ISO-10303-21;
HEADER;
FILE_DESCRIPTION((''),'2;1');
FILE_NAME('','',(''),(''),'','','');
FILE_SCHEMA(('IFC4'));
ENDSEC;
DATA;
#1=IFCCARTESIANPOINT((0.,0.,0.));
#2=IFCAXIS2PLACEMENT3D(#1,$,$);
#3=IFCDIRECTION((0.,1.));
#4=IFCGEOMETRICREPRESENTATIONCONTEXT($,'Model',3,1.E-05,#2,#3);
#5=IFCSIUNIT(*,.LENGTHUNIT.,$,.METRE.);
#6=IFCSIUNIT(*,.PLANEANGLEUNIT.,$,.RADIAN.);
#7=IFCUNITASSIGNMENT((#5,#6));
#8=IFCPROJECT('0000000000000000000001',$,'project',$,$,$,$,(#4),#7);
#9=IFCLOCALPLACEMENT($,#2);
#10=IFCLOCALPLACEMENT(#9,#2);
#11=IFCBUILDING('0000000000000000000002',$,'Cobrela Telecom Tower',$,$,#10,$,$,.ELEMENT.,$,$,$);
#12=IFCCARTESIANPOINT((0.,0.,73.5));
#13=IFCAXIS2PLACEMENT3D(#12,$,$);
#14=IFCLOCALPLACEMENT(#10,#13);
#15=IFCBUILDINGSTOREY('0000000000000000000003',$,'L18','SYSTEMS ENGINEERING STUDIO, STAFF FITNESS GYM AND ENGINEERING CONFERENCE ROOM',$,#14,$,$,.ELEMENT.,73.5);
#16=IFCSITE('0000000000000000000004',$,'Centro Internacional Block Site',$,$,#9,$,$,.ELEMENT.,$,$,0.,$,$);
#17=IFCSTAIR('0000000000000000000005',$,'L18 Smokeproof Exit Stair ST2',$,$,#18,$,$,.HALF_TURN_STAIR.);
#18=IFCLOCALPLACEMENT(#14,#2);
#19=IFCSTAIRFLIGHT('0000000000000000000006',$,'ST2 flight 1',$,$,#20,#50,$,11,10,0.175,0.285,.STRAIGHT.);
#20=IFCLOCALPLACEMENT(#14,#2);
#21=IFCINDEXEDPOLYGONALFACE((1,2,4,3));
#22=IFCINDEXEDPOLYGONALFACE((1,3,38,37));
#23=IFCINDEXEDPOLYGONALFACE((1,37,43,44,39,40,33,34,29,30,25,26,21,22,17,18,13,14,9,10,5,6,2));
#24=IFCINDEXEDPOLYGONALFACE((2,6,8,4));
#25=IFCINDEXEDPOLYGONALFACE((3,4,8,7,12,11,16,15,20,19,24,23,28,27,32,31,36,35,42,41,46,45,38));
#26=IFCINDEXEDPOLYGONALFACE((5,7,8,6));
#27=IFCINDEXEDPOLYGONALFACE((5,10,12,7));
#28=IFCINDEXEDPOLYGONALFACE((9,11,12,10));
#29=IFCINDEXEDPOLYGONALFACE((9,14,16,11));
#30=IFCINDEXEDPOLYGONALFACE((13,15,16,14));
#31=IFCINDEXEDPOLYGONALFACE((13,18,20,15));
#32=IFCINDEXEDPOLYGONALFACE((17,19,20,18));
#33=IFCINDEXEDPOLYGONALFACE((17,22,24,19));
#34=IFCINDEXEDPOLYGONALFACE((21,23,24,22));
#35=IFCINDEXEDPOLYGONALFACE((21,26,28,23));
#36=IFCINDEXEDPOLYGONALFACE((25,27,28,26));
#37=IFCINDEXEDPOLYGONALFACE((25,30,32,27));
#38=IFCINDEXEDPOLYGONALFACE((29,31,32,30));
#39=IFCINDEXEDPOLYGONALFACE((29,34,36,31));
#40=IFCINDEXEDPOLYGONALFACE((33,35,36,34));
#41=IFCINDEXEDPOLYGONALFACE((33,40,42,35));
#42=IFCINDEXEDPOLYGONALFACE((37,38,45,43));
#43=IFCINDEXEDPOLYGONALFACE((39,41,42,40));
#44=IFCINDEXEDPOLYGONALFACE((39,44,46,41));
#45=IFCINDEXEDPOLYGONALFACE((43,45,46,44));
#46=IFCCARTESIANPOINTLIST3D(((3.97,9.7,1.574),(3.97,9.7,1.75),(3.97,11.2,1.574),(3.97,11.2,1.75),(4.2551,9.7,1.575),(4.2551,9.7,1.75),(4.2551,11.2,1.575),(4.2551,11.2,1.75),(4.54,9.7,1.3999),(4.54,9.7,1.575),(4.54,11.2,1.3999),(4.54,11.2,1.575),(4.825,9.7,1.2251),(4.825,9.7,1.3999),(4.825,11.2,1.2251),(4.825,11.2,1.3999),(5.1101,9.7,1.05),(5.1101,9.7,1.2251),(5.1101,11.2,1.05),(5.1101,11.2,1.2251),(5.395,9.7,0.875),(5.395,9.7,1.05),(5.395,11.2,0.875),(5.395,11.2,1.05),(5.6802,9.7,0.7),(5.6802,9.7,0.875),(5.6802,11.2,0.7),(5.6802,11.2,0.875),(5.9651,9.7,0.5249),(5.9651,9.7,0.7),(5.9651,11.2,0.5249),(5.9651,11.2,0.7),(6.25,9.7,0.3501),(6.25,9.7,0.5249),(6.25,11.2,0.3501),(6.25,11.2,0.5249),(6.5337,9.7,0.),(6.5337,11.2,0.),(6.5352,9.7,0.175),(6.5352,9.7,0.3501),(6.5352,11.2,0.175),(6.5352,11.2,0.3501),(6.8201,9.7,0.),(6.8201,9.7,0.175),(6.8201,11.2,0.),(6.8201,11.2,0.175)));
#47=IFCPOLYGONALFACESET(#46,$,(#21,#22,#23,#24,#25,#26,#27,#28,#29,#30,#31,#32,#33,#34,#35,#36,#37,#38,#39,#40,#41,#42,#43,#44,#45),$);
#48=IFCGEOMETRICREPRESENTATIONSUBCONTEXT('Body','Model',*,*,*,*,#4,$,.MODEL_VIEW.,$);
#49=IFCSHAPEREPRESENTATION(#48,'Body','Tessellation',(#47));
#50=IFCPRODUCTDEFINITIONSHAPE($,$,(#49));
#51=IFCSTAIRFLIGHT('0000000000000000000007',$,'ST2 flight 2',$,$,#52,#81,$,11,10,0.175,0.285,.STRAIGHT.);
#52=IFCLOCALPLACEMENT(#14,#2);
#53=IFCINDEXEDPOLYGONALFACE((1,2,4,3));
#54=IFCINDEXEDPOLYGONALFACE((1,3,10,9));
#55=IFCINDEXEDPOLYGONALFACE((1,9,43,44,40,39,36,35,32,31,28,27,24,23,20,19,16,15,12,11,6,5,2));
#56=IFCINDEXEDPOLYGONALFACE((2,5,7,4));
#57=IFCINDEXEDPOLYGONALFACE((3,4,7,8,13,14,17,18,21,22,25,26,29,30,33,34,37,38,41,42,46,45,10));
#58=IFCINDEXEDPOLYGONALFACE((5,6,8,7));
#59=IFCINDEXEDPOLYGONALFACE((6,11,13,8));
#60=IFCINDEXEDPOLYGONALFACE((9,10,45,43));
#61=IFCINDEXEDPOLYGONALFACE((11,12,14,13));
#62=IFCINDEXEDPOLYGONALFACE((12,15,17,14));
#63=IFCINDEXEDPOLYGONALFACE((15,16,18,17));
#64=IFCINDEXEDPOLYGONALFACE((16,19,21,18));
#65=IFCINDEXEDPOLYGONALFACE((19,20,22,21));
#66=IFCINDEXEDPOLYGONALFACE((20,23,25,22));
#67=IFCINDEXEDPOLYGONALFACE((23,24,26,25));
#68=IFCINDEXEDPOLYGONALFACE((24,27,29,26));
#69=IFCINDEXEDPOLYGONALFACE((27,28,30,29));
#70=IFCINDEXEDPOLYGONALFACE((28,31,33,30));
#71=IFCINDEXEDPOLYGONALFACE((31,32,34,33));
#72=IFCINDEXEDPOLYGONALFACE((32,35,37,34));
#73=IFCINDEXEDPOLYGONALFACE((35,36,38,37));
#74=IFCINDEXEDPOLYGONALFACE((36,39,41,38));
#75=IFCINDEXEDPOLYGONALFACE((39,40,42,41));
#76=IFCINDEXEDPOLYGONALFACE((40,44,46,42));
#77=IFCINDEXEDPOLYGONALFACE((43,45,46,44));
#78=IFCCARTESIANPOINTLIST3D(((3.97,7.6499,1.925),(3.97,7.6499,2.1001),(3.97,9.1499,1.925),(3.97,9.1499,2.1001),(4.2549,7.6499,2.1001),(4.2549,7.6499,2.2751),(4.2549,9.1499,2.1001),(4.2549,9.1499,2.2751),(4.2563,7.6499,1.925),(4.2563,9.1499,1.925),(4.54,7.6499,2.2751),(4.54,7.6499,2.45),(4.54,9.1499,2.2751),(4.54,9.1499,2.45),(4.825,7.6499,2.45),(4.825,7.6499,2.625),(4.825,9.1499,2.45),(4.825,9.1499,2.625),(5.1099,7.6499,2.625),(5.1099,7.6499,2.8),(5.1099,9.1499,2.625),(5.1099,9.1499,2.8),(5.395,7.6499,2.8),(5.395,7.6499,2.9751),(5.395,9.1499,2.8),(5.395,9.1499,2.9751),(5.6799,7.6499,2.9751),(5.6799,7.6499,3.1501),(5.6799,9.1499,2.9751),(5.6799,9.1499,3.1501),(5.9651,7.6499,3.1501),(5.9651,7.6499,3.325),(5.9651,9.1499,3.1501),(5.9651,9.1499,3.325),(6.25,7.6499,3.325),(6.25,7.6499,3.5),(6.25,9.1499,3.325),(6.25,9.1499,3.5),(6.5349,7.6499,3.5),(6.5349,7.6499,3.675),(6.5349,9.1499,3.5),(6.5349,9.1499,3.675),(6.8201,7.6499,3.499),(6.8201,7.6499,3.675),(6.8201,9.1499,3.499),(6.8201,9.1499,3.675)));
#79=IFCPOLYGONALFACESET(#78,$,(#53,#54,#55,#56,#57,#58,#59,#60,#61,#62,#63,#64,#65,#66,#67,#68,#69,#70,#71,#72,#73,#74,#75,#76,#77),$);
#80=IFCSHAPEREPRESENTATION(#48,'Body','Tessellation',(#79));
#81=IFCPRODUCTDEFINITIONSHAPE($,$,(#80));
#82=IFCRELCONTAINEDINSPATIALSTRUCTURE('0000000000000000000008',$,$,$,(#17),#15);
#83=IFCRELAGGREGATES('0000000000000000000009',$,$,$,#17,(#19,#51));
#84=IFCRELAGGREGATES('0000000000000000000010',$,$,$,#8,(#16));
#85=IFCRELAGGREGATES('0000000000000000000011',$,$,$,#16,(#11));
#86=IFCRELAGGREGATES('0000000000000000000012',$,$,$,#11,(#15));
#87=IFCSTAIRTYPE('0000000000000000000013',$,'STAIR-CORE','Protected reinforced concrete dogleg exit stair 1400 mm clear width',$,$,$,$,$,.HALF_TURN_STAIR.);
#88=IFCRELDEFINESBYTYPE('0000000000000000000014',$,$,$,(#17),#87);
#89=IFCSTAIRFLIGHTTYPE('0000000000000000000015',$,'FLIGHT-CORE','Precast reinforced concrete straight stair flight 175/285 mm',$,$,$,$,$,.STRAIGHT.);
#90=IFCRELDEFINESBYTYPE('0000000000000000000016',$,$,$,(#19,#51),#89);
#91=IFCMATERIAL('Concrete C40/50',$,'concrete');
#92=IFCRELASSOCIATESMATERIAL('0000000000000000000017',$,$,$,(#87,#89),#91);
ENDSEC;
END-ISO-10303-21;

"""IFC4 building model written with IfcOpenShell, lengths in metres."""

from ifc_helpers import new_model, si_unit, direction, frame, origin, place, context, subcontext, project, spatial, polyline, outline, extrude, material, type_object, element, aggregate, save


model = new_model("IFC4")

# Units and contexts
model_context = context("Model", 3, precision=1e-05, world=origin(), true_north=direction((0.0, 1.0)))
body_context = subcontext(model_context, "Body", "Model", "MODEL_VIEW")
ifc_project = project(units=[si_unit("LENGTHUNIT", "METRE"), si_unit("PLANEANGLEUNIT", "RADIAN")], contexts=[model_context])

# Site, building, storey
site_placement = place(None, origin())
site = spatial("IfcSite", under=ifc_project, at=site_placement, Name="Centro Internacional Block Site", CompositionType="ELEMENT", RefElevation=0.0)
building_placement = place(site_placement, origin())
building = spatial("IfcBuilding", under=site, at=building_placement, Name="Cobrela Telecom Tower", CompositionType="ELEMENT")
storey_placement = place(building_placement, frame((0.0, 0.0, 73.5)))
storey = spatial("IfcBuildingStorey", under=building, at=storey_placement, Name="L18", Description="SYSTEMS ENGINEERING STUDIO, STAFF FITNESS GYM AND ENGINEERING CONFERENCE ROOM", CompositionType="ELEMENT", Elevation=73.5)

# Shared definitions
ifc_material_1 = material(Name="Concrete C40/50", Category="concrete")

# Stair, stair flights
stair_type = type_object("IfcStairType", Name="STAIR-CORE", Description="Protected reinforced concrete dogleg exit stair 1400 mm clear width", PredefinedType="HALF_TURN_STAIR", material=ifc_material_1)
stair_placement = place(storey_placement, origin())
stair = element("IfcStair", 1, at=stair_placement, inside=storey, type_object=stair_type, Name="L18 Smokeproof Exit Stair ST2", PredefinedType="HALF_TURN_STAIR")
stair_flight_type = type_object("IfcStairFlightType", Name="FLIGHT-CORE", Description="Precast reinforced concrete straight stair flight 175/285 mm", PredefinedType="STRAIGHT", material=ifc_material_1)
stair_flight_1_placement = place(storey_placement, frame((6.8201, 10.45, 0.0), z_axis=(0.0, 0.0, 1.0), x_axis=(-1.0, 0.0, 0.0)))
stair_flight_1 = element("IfcStairFlight", 2, at=stair_flight_1_placement, type_object=stair_flight_type, Name="ST2 flight 1", NumberOfRisers=11, NumberOfTreads=10, PredefinedType="STRAIGHT", RiserHeight=0.175, TreadLength=0.285, context=body_context, shape_type="SweptSolid", body=[
    extrude(outline(polyline([(0.0, 0.0), (0.0, 0.175), (0.2849, 0.175), (0.2849, 0.3501), (0.5701, 0.3501), (0.5701, 0.5249), (0.855, 0.5249), (0.855, 0.7), (1.1399, 0.7), (1.1399, 0.875), (1.425, 0.875), (1.425, 1.05), (1.71, 1.05), (1.71, 1.2251), (1.9951, 1.2251), (1.9951, 1.3999), (2.28, 1.3999), (2.28, 1.575), (2.5649, 1.575), (2.5649, 1.75), (2.8501, 1.75), (2.8501, 1.925), (2.8501, 1.574), (0.2864, 0.0), (0.0, 0.0)])), frame((0.0, 0.75, 0.0), z_axis=(0.0, -1.0, 0.0), x_axis=(1.0, 0.0, 0.0)), (0.0, 0.0, 1.0), 1.5),
])
stair_flight_2_placement = place(storey_placement, frame((3.97, 8.3999, 1.925), z_axis=(0.0, 0.0, 1.0), x_axis=(1.0, 0.0, 0.0)))
stair_flight_2 = element("IfcStairFlight", 3, at=stair_flight_2_placement, type_object=stair_flight_type, Name="ST2 flight 2", NumberOfRisers=11, NumberOfTreads=10, PredefinedType="STRAIGHT", RiserHeight=0.175, TreadLength=0.285, context=body_context, shape_type="SweptSolid", body=[
    extrude(outline(polyline([(0.0, 0.0), (0.0, 0.175), (0.2849, 0.175), (0.2849, 0.3501), (0.5701, 0.3501), (0.5701, 0.5249), (0.855, 0.5249), (0.855, 0.7), (1.1399, 0.7), (1.1399, 0.875), (1.425, 0.875), (1.425, 1.05), (1.71, 1.05), (1.71, 1.2251), (1.9951, 1.2251), (1.9951, 1.3999), (2.28, 1.3999), (2.28, 1.575), (2.5649, 1.575), (2.5649, 1.75), (2.8501, 1.75), (2.8501, 1.925), (2.8501, 1.574), (0.2864, 0.0), (0.0, 0.0)])), frame((0.0, 0.75, 0.0), z_axis=(0.0, -1.0, 0.0), x_axis=(1.0, 0.0, 0.0)), (0.0, 0.0, 1.0), 1.5),
])
aggregate(stair, [stair_flight_1, stair_flight_2])

save(model, "model.ifc")
